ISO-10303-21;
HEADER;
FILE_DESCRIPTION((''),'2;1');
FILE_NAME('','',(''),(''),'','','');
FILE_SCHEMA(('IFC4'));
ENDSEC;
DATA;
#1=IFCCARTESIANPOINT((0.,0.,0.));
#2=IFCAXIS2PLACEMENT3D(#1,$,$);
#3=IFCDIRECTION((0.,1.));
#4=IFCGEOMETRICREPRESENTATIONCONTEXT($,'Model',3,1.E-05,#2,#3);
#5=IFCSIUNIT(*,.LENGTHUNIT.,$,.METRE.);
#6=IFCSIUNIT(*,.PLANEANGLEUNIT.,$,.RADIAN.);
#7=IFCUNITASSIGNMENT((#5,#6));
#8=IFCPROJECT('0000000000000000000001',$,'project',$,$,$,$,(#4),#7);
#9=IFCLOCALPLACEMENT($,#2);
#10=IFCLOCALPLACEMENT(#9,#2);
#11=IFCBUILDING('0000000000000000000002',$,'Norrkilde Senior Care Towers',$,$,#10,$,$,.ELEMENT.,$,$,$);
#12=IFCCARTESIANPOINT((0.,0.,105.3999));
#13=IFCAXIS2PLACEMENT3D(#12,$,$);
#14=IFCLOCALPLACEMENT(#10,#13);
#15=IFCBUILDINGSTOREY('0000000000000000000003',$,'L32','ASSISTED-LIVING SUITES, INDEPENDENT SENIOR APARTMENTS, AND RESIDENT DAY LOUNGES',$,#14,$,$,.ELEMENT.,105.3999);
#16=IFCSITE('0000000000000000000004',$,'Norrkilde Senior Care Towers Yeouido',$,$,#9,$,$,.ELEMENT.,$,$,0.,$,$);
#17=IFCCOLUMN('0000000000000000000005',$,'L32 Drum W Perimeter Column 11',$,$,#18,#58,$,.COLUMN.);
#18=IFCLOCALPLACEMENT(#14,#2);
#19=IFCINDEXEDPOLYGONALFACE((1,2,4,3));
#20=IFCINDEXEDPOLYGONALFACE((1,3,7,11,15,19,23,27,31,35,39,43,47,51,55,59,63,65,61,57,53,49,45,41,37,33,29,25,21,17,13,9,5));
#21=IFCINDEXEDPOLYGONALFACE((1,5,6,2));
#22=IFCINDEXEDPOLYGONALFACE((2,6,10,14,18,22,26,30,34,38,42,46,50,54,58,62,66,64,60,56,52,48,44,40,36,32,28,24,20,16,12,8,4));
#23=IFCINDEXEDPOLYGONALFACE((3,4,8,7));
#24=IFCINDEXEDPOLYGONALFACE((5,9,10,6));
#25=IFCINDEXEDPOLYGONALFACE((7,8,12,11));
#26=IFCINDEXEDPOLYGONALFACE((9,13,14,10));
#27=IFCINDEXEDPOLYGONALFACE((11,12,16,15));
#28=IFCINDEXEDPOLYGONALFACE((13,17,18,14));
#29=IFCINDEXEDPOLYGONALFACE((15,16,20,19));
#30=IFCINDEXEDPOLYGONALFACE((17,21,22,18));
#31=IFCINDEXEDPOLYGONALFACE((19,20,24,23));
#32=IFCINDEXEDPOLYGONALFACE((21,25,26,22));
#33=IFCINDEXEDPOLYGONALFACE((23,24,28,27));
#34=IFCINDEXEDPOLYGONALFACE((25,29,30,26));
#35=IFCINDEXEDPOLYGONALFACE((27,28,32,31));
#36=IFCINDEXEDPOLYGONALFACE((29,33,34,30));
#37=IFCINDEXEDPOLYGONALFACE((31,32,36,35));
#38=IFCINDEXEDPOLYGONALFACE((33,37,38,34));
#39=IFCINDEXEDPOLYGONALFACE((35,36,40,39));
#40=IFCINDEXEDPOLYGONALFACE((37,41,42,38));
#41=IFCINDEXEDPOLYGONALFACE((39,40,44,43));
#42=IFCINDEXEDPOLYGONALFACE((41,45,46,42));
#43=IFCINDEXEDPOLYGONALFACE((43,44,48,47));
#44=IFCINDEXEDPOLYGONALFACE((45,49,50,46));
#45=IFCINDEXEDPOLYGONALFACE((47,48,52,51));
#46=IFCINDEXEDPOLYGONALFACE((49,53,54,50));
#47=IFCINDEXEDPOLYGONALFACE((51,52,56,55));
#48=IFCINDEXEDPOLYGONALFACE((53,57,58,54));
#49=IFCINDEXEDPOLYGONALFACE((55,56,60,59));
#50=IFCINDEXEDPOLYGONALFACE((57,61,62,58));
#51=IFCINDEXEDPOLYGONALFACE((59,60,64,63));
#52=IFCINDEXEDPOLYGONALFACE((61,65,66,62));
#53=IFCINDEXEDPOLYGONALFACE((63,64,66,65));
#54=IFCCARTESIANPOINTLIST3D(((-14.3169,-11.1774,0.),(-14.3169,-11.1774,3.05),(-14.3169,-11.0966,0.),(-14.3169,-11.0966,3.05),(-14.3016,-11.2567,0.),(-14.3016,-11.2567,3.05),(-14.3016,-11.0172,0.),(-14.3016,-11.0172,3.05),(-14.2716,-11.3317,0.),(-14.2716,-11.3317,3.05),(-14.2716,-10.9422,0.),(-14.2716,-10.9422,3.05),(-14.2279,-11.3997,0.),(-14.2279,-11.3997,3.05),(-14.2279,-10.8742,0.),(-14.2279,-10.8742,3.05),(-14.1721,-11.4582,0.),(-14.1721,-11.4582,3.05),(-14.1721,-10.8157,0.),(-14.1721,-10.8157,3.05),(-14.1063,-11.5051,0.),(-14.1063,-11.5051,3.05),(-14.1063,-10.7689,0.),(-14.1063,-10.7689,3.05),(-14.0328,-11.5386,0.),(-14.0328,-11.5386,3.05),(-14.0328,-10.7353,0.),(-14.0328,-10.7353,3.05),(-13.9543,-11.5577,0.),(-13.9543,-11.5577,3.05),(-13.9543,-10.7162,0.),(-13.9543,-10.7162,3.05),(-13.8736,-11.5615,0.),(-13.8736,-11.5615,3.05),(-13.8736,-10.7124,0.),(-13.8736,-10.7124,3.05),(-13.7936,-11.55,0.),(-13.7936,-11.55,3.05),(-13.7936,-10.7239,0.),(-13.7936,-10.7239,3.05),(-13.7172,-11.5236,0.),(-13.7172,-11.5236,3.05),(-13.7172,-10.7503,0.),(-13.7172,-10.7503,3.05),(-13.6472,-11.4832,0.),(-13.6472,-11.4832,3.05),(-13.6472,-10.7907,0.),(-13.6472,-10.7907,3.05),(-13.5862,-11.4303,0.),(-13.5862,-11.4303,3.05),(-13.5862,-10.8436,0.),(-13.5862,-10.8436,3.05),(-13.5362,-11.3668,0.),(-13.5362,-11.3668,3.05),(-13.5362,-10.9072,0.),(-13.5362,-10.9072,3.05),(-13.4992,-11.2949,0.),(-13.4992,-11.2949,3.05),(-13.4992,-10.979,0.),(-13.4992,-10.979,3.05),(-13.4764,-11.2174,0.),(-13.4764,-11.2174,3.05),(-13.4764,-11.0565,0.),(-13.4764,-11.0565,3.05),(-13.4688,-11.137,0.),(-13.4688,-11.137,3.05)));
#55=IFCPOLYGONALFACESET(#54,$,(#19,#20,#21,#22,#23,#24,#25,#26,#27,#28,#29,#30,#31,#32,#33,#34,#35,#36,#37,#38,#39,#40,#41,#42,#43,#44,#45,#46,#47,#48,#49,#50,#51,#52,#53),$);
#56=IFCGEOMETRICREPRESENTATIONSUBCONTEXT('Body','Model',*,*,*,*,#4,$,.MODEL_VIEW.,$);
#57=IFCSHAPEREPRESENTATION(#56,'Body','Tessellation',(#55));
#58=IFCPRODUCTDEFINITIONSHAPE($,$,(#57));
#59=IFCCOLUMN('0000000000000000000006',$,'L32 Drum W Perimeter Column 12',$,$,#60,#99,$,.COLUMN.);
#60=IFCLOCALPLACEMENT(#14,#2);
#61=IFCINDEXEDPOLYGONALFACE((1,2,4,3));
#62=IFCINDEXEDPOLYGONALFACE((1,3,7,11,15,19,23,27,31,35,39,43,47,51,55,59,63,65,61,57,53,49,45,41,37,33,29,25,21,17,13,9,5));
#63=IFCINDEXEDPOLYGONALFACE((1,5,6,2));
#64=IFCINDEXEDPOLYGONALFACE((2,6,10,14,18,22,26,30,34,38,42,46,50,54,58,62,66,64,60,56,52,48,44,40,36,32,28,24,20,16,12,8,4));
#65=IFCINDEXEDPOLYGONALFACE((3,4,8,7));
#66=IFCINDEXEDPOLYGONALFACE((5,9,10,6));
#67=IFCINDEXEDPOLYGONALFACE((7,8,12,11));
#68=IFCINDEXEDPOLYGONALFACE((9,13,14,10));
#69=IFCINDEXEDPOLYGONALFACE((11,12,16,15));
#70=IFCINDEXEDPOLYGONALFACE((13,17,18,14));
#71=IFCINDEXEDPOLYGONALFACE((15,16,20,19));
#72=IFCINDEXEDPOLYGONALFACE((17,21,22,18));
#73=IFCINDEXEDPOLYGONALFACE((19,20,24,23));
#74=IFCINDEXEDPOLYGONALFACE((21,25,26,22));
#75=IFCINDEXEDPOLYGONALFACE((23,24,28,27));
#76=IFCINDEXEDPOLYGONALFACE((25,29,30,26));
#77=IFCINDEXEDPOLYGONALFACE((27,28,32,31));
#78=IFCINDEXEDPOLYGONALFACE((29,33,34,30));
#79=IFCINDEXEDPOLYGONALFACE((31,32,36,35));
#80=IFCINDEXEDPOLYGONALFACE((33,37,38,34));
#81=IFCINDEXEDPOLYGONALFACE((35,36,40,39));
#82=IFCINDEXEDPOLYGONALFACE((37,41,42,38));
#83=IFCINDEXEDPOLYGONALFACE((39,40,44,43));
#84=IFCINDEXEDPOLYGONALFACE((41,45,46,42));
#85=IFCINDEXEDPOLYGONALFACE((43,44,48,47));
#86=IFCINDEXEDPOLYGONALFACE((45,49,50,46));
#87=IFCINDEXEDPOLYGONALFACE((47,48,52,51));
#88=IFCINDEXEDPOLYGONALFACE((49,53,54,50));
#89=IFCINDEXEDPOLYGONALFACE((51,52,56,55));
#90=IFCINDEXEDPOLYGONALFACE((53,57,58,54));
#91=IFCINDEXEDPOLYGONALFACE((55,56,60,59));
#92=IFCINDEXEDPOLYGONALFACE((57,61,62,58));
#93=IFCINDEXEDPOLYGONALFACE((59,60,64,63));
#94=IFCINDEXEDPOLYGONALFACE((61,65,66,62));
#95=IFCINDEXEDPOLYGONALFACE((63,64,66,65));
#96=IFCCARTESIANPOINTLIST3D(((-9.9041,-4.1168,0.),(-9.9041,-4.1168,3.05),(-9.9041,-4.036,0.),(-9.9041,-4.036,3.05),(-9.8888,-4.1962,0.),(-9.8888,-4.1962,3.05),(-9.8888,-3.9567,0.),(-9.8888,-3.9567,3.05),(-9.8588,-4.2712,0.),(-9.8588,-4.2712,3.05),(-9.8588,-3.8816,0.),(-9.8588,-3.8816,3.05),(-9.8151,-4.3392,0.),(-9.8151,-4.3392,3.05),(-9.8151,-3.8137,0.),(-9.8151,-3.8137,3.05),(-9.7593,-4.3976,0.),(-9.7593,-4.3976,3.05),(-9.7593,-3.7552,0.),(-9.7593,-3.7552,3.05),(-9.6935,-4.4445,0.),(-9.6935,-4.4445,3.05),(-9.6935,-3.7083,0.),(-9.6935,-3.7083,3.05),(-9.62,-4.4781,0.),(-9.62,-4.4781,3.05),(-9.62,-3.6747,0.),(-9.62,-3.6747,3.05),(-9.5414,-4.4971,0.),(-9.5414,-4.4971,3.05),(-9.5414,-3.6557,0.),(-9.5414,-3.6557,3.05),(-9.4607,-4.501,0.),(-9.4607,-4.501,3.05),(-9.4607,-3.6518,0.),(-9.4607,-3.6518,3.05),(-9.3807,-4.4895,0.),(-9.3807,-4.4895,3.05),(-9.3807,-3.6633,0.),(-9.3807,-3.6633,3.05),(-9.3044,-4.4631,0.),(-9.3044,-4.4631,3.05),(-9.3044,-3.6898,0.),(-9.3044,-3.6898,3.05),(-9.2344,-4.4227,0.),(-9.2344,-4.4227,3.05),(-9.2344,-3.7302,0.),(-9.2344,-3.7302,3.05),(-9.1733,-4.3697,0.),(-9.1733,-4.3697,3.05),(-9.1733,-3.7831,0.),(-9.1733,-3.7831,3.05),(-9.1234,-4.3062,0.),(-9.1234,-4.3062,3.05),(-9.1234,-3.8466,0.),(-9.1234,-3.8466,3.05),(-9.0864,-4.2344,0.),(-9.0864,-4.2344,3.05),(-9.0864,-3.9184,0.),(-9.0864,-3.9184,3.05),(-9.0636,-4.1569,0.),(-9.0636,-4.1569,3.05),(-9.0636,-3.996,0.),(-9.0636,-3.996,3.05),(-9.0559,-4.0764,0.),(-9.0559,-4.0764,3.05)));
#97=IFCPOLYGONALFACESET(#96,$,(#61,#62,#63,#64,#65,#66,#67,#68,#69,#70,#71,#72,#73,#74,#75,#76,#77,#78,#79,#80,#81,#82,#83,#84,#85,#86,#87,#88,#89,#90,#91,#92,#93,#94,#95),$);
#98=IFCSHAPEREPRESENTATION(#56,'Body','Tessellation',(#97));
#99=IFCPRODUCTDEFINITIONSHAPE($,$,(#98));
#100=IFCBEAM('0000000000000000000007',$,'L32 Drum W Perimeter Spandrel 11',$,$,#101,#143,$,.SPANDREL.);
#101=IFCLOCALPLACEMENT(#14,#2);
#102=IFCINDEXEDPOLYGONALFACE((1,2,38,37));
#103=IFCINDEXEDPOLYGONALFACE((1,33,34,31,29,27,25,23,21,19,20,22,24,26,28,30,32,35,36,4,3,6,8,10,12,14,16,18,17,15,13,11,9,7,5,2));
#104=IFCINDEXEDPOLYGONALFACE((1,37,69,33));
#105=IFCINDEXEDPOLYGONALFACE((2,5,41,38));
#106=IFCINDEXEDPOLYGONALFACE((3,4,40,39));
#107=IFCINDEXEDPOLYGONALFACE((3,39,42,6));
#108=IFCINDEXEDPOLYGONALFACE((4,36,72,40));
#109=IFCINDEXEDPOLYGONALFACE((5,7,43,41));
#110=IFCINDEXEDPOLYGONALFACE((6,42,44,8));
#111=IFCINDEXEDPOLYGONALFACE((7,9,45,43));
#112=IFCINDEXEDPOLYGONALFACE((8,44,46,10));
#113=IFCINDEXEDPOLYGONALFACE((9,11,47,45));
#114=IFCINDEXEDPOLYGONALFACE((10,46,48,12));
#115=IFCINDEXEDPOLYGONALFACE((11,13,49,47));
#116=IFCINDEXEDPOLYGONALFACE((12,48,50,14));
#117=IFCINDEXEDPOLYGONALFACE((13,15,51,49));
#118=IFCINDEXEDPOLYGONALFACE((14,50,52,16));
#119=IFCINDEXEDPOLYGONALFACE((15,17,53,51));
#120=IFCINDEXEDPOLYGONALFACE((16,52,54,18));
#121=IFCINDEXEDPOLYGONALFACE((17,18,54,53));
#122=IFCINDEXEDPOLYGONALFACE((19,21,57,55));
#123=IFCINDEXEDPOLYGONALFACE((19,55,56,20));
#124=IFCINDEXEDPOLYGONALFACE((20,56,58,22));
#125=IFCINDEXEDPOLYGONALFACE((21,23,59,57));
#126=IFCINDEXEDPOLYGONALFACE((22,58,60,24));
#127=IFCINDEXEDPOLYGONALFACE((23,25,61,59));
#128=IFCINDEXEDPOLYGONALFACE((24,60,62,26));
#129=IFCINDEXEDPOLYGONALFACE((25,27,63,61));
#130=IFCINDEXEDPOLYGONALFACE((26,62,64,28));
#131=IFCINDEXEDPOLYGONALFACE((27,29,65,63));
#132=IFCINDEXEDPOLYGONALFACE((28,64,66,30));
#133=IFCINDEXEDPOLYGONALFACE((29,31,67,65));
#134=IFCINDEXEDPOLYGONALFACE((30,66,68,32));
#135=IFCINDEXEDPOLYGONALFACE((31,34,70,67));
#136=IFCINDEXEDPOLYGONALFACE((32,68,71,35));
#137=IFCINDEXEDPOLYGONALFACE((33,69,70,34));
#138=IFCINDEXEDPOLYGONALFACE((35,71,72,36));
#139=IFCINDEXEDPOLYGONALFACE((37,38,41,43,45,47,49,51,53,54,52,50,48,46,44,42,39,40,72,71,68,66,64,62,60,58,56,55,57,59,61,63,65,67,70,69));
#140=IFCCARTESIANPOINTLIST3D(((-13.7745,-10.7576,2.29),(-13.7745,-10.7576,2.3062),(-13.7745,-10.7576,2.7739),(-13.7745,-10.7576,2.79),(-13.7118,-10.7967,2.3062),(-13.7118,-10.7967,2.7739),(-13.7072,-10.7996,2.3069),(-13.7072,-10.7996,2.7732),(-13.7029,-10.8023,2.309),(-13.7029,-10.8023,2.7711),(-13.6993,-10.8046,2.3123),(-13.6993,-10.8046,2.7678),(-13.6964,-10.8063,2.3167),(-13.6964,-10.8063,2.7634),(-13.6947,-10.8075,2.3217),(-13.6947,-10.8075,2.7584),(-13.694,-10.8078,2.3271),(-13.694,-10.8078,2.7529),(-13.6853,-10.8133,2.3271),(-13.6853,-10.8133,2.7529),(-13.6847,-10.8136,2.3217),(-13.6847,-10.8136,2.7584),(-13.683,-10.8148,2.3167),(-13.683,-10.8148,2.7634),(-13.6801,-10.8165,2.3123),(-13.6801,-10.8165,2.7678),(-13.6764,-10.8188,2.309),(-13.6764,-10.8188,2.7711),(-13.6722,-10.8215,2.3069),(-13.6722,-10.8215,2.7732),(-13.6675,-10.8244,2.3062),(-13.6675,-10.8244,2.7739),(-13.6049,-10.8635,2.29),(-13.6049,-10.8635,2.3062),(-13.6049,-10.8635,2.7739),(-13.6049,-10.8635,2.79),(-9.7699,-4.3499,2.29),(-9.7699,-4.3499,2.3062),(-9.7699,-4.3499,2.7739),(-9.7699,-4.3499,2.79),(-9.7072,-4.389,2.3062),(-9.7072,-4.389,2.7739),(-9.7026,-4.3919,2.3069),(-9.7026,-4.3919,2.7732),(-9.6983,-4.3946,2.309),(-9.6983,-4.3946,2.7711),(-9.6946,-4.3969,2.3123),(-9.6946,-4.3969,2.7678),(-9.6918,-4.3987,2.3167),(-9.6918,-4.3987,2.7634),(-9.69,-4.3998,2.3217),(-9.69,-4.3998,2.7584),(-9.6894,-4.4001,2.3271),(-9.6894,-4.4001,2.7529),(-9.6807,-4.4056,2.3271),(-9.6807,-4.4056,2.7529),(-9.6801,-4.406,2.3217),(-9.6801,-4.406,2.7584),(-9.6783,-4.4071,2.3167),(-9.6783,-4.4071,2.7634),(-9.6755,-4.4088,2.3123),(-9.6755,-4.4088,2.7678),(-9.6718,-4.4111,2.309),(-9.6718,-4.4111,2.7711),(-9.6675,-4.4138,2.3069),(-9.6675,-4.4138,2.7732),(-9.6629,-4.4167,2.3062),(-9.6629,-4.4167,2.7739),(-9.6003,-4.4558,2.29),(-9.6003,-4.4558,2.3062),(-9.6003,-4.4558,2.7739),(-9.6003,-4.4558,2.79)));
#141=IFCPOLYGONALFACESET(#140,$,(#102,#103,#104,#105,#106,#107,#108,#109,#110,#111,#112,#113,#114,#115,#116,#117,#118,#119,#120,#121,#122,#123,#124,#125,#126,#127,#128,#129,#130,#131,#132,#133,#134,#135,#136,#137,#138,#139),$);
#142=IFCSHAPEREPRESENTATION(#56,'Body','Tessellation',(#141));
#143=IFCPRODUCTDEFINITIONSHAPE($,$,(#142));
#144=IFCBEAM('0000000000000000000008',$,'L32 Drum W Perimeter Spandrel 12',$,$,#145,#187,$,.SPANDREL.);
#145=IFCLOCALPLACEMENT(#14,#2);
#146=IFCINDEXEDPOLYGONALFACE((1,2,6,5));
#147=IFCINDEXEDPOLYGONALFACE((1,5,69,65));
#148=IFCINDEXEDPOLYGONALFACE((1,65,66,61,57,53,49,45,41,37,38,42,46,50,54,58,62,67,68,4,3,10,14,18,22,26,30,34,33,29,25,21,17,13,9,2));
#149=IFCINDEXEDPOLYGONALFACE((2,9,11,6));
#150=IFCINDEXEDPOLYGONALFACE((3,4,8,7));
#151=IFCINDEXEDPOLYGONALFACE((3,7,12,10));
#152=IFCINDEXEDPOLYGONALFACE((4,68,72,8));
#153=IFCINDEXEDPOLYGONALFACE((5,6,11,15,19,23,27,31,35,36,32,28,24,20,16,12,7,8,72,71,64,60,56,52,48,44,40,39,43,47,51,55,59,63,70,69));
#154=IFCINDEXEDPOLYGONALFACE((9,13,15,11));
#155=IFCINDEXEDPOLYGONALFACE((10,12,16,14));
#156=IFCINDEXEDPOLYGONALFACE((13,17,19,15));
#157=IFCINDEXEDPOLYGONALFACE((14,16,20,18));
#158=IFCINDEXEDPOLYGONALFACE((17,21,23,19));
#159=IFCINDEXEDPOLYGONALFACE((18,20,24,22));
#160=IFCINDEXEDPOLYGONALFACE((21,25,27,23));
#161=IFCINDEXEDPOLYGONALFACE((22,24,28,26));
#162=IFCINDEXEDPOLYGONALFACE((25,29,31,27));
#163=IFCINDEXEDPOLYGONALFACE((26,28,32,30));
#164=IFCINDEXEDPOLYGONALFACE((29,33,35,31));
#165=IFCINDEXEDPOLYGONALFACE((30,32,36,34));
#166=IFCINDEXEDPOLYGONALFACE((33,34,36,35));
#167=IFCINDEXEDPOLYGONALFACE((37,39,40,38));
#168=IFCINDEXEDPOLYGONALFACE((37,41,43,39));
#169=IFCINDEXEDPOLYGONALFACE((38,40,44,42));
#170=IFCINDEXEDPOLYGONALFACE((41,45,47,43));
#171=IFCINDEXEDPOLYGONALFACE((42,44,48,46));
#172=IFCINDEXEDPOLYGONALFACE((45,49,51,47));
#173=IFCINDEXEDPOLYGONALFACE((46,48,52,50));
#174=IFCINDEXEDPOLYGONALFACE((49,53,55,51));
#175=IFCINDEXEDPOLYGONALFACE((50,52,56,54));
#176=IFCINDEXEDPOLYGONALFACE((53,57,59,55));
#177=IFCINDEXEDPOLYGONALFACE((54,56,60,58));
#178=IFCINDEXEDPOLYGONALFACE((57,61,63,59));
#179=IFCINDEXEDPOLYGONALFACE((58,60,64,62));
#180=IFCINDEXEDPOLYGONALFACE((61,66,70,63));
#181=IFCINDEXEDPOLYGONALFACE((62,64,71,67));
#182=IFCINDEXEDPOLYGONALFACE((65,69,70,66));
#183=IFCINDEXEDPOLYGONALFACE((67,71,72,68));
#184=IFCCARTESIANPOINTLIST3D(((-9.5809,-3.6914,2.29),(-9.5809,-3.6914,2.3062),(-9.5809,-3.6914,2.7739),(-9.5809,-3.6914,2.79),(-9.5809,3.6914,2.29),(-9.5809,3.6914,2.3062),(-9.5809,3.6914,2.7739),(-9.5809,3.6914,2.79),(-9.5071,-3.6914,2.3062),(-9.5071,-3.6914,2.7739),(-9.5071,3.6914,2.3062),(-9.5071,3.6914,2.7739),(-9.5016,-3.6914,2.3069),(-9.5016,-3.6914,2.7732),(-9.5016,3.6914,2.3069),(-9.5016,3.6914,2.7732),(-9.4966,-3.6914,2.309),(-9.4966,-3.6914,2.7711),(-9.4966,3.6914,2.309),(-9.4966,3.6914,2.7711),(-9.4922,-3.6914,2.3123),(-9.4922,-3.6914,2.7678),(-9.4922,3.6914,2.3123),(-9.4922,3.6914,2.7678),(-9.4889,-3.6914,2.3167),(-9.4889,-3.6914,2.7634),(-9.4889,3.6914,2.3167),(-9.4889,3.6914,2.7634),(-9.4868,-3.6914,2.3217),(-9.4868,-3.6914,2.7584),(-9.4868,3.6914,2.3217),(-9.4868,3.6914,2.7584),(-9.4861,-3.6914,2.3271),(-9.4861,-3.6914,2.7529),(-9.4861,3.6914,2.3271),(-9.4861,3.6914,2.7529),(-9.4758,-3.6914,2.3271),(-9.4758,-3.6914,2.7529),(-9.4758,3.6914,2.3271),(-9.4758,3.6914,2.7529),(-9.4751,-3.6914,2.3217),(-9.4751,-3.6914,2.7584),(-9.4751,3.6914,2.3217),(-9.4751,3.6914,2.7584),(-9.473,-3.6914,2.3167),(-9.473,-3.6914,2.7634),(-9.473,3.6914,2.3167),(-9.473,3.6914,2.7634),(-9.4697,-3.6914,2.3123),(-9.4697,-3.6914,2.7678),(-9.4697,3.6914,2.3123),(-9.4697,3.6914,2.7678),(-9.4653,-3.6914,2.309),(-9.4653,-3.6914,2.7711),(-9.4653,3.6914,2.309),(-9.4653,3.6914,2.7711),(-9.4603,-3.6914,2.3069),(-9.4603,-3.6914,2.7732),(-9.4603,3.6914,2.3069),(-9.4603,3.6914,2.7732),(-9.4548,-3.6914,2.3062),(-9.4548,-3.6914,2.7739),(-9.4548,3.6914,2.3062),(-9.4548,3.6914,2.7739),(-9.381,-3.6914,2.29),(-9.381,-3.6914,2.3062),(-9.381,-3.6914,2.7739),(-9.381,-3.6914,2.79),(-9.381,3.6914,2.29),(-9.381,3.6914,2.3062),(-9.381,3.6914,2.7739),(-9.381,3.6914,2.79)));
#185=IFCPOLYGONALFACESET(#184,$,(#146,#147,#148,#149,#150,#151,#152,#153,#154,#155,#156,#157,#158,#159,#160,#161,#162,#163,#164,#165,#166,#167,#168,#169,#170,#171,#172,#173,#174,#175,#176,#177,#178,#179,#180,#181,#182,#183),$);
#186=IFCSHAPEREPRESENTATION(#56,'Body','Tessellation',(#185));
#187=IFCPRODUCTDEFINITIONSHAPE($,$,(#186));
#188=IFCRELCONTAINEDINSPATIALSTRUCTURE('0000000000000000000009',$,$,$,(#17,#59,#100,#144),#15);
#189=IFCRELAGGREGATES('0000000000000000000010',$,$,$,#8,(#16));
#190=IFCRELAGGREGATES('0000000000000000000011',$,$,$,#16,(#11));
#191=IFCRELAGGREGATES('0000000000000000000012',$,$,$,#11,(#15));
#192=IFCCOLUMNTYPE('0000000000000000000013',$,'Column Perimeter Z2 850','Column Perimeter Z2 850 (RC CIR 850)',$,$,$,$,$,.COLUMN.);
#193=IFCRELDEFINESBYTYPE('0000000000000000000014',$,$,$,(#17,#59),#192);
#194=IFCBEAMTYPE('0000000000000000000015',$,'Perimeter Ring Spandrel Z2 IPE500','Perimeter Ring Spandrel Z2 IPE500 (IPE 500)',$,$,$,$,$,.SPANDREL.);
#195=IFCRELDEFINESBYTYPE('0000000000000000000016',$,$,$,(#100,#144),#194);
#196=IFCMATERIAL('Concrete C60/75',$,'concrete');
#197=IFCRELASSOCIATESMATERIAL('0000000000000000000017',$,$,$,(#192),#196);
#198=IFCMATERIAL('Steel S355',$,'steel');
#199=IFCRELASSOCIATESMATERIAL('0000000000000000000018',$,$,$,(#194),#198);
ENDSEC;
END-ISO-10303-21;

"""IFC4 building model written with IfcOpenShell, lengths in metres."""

from ifc_helpers import new_model, si_unit, direction, frame, origin, origin_2d, place, context, subcontext, project, spatial, circle, i_section, extrude, source, transform, mapped, material, material_profile, profile_set, type_object, type_shapes, element, save


model = new_model("IFC4")

# Units and contexts
model_context = context("Model", 3, precision=1e-05, world=origin(), true_north=direction((0.0, 1.0)))
body_context = subcontext(model_context, "Body", "Model", "MODEL_VIEW")
ifc_project = project(units=[si_unit("LENGTHUNIT", "METRE"), si_unit("PLANEANGLEUNIT", "RADIAN")], contexts=[model_context])

# Site, building, storey
site_placement = place(None, origin())
site = spatial("IfcSite", under=ifc_project, at=site_placement, Name="Norrkilde Senior Care Towers Yeouido", CompositionType="ELEMENT", RefElevation=0.0)
building_placement = place(site_placement, origin())
building = spatial("IfcBuilding", under=site, at=building_placement, Name="Norrkilde Senior Care Towers", CompositionType="ELEMENT")
storey_placement = place(building_placement, frame((0.0, 0.0, 105.3999)))
storey = spatial("IfcBuildingStorey", under=building, at=storey_placement, Name="L32", Description="ASSISTED-LIVING SUITES, INDEPENDENT SENIOR APARTMENTS, AND RESIDENT DAY LOUNGES", CompositionType="ELEMENT", Elevation=105.3999)

# Columns
ifc_material_1 = material(Name="Concrete C60/75", Category="concrete")
ifc_material_profile_1 = material_profile(ifc_material_1, circle(Radius=0.425, at=origin_2d()), Name="RC CIR 850")
ifc_profile_set_1 = profile_set([ifc_material_profile_1], Name="Concrete C60/75")
column_type = type_object("IfcColumnType", Name="Column Perimeter Z2 850", Description="Column Perimeter Z2 850 (RC CIR 850)", PredefinedType="COLUMN", material=ifc_profile_set_1)
shared_shape_1 = source(origin(), body_context, "Body", "SweptSolid", [
    extrude(circle(Radius=0.425, at=origin_2d()), origin(), (0.0, 0.0, 1.0), 3.05),
])
type_shapes(column_type, [shared_shape_1])
for number, where, z_axis, x_axis, name in (
    (1, (-13.8938, -11.137, 0.0), (0.0, 0.0, 1.0), (1.0, 0.0, 0.0), "L32 Drum W Perimeter Column 11"),
    (2, (-9.481, -4.0764, 0.0), (0.0, 0.0, 1.0), (1.0, 0.0, 0.0), "L32 Drum W Perimeter Column 12"),
):
    element("IfcColumn", number, at=place(storey_placement, frame(where, z_axis=z_axis, x_axis=x_axis)), inside=storey, type_object=column_type, Name=name, PredefinedType="COLUMN", context=body_context, shape_type="MappedRepresentation", body=[
        mapped(shared_shape_1, transform((0.0, 0.0, 0.0), x_axis=(1.0, 0.0, 0.0), y_axis=(0.0, 1.0, 0.0), z_axis=(0.0, 0.0, 1.0), scale=1.0)),
    ])

# Beams
ifc_material_2 = material(Name="Steel S355", Category="steel")
ifc_material_profile_2 = material_profile(ifc_material_2, i_section(OverallWidth=0.2, OverallDepth=0.5, WebThickness=0.0103, FlangeThickness=0.0161, FilletRadius=0.021, at=origin_2d()), Name="IPE 500")
ifc_profile_set_2 = profile_set([ifc_material_profile_2], Name="Steel S355")
beam_type_1 = type_object("IfcBeamType", Name="Perimeter Ring Spandrel Z2 IPE500", Description="Perimeter Ring Spandrel Z2 IPE500 (IPE 500)", PredefinedType="SPANDREL", material=ifc_profile_set_2)
shared_shape_2 = source(origin(), body_context, "Body", "SweptSolid", [
    extrude(i_section(OverallWidth=0.2, OverallDepth=0.5, WebThickness=0.0103, FlangeThickness=0.0161, FilletRadius=0.021, at=origin_2d()), origin(), (0.0, 0.0, 1.0), 7.5562),
])
beam_1_placement = place(storey_placement, frame((-13.6897, -10.8105, 2.54), z_axis=(0.529982, 0.848009, 0.0), x_axis=(-0.848009, 0.529982, 0.0)))
element("IfcBeam", 3, at=beam_1_placement, inside=storey, type_object=beam_type_1, Name="L32 Drum W Perimeter Spandrel 11", PredefinedType="SPANDREL", context=body_context, shape_type="MappedRepresentation", body=[
    mapped(shared_shape_2, transform((0.0, 0.0, 0.0), x_axis=(1.0, 0.0, 0.0), y_axis=(0.0, 1.0, 0.0), z_axis=(0.0, 0.0, 1.0), scale=1.0)),
])
shared_shape_3 = source(origin(), body_context, "Body", "SweptSolid", [
    extrude(i_section(OverallWidth=0.2, OverallDepth=0.5, WebThickness=0.0103, FlangeThickness=0.0161, FilletRadius=0.021, at=origin_2d()), origin(), (0.0, 0.0, 1.0), 7.3828),
])
type_shapes(beam_type_1, [shared_shape_2, shared_shape_3])
beam_2_placement = place(storey_placement, frame((-9.481, -3.6914, 2.54), z_axis=(0.0, 1.0, 0.0), x_axis=(-1.0, 0.0, 0.0)))
element("IfcBeam", 4, at=beam_2_placement, inside=storey, type_object=beam_type_1, Name="L32 Drum W Perimeter Spandrel 12", PredefinedType="SPANDREL", context=body_context, shape_type="MappedRepresentation", body=[
    mapped(shared_shape_3, transform((0.0, 0.0, 0.0), x_axis=(1.0, 0.0, 0.0), y_axis=(0.0, 1.0, 0.0), z_axis=(0.0, 0.0, 1.0), scale=1.0)),
])

save(model, "model.ifc")
